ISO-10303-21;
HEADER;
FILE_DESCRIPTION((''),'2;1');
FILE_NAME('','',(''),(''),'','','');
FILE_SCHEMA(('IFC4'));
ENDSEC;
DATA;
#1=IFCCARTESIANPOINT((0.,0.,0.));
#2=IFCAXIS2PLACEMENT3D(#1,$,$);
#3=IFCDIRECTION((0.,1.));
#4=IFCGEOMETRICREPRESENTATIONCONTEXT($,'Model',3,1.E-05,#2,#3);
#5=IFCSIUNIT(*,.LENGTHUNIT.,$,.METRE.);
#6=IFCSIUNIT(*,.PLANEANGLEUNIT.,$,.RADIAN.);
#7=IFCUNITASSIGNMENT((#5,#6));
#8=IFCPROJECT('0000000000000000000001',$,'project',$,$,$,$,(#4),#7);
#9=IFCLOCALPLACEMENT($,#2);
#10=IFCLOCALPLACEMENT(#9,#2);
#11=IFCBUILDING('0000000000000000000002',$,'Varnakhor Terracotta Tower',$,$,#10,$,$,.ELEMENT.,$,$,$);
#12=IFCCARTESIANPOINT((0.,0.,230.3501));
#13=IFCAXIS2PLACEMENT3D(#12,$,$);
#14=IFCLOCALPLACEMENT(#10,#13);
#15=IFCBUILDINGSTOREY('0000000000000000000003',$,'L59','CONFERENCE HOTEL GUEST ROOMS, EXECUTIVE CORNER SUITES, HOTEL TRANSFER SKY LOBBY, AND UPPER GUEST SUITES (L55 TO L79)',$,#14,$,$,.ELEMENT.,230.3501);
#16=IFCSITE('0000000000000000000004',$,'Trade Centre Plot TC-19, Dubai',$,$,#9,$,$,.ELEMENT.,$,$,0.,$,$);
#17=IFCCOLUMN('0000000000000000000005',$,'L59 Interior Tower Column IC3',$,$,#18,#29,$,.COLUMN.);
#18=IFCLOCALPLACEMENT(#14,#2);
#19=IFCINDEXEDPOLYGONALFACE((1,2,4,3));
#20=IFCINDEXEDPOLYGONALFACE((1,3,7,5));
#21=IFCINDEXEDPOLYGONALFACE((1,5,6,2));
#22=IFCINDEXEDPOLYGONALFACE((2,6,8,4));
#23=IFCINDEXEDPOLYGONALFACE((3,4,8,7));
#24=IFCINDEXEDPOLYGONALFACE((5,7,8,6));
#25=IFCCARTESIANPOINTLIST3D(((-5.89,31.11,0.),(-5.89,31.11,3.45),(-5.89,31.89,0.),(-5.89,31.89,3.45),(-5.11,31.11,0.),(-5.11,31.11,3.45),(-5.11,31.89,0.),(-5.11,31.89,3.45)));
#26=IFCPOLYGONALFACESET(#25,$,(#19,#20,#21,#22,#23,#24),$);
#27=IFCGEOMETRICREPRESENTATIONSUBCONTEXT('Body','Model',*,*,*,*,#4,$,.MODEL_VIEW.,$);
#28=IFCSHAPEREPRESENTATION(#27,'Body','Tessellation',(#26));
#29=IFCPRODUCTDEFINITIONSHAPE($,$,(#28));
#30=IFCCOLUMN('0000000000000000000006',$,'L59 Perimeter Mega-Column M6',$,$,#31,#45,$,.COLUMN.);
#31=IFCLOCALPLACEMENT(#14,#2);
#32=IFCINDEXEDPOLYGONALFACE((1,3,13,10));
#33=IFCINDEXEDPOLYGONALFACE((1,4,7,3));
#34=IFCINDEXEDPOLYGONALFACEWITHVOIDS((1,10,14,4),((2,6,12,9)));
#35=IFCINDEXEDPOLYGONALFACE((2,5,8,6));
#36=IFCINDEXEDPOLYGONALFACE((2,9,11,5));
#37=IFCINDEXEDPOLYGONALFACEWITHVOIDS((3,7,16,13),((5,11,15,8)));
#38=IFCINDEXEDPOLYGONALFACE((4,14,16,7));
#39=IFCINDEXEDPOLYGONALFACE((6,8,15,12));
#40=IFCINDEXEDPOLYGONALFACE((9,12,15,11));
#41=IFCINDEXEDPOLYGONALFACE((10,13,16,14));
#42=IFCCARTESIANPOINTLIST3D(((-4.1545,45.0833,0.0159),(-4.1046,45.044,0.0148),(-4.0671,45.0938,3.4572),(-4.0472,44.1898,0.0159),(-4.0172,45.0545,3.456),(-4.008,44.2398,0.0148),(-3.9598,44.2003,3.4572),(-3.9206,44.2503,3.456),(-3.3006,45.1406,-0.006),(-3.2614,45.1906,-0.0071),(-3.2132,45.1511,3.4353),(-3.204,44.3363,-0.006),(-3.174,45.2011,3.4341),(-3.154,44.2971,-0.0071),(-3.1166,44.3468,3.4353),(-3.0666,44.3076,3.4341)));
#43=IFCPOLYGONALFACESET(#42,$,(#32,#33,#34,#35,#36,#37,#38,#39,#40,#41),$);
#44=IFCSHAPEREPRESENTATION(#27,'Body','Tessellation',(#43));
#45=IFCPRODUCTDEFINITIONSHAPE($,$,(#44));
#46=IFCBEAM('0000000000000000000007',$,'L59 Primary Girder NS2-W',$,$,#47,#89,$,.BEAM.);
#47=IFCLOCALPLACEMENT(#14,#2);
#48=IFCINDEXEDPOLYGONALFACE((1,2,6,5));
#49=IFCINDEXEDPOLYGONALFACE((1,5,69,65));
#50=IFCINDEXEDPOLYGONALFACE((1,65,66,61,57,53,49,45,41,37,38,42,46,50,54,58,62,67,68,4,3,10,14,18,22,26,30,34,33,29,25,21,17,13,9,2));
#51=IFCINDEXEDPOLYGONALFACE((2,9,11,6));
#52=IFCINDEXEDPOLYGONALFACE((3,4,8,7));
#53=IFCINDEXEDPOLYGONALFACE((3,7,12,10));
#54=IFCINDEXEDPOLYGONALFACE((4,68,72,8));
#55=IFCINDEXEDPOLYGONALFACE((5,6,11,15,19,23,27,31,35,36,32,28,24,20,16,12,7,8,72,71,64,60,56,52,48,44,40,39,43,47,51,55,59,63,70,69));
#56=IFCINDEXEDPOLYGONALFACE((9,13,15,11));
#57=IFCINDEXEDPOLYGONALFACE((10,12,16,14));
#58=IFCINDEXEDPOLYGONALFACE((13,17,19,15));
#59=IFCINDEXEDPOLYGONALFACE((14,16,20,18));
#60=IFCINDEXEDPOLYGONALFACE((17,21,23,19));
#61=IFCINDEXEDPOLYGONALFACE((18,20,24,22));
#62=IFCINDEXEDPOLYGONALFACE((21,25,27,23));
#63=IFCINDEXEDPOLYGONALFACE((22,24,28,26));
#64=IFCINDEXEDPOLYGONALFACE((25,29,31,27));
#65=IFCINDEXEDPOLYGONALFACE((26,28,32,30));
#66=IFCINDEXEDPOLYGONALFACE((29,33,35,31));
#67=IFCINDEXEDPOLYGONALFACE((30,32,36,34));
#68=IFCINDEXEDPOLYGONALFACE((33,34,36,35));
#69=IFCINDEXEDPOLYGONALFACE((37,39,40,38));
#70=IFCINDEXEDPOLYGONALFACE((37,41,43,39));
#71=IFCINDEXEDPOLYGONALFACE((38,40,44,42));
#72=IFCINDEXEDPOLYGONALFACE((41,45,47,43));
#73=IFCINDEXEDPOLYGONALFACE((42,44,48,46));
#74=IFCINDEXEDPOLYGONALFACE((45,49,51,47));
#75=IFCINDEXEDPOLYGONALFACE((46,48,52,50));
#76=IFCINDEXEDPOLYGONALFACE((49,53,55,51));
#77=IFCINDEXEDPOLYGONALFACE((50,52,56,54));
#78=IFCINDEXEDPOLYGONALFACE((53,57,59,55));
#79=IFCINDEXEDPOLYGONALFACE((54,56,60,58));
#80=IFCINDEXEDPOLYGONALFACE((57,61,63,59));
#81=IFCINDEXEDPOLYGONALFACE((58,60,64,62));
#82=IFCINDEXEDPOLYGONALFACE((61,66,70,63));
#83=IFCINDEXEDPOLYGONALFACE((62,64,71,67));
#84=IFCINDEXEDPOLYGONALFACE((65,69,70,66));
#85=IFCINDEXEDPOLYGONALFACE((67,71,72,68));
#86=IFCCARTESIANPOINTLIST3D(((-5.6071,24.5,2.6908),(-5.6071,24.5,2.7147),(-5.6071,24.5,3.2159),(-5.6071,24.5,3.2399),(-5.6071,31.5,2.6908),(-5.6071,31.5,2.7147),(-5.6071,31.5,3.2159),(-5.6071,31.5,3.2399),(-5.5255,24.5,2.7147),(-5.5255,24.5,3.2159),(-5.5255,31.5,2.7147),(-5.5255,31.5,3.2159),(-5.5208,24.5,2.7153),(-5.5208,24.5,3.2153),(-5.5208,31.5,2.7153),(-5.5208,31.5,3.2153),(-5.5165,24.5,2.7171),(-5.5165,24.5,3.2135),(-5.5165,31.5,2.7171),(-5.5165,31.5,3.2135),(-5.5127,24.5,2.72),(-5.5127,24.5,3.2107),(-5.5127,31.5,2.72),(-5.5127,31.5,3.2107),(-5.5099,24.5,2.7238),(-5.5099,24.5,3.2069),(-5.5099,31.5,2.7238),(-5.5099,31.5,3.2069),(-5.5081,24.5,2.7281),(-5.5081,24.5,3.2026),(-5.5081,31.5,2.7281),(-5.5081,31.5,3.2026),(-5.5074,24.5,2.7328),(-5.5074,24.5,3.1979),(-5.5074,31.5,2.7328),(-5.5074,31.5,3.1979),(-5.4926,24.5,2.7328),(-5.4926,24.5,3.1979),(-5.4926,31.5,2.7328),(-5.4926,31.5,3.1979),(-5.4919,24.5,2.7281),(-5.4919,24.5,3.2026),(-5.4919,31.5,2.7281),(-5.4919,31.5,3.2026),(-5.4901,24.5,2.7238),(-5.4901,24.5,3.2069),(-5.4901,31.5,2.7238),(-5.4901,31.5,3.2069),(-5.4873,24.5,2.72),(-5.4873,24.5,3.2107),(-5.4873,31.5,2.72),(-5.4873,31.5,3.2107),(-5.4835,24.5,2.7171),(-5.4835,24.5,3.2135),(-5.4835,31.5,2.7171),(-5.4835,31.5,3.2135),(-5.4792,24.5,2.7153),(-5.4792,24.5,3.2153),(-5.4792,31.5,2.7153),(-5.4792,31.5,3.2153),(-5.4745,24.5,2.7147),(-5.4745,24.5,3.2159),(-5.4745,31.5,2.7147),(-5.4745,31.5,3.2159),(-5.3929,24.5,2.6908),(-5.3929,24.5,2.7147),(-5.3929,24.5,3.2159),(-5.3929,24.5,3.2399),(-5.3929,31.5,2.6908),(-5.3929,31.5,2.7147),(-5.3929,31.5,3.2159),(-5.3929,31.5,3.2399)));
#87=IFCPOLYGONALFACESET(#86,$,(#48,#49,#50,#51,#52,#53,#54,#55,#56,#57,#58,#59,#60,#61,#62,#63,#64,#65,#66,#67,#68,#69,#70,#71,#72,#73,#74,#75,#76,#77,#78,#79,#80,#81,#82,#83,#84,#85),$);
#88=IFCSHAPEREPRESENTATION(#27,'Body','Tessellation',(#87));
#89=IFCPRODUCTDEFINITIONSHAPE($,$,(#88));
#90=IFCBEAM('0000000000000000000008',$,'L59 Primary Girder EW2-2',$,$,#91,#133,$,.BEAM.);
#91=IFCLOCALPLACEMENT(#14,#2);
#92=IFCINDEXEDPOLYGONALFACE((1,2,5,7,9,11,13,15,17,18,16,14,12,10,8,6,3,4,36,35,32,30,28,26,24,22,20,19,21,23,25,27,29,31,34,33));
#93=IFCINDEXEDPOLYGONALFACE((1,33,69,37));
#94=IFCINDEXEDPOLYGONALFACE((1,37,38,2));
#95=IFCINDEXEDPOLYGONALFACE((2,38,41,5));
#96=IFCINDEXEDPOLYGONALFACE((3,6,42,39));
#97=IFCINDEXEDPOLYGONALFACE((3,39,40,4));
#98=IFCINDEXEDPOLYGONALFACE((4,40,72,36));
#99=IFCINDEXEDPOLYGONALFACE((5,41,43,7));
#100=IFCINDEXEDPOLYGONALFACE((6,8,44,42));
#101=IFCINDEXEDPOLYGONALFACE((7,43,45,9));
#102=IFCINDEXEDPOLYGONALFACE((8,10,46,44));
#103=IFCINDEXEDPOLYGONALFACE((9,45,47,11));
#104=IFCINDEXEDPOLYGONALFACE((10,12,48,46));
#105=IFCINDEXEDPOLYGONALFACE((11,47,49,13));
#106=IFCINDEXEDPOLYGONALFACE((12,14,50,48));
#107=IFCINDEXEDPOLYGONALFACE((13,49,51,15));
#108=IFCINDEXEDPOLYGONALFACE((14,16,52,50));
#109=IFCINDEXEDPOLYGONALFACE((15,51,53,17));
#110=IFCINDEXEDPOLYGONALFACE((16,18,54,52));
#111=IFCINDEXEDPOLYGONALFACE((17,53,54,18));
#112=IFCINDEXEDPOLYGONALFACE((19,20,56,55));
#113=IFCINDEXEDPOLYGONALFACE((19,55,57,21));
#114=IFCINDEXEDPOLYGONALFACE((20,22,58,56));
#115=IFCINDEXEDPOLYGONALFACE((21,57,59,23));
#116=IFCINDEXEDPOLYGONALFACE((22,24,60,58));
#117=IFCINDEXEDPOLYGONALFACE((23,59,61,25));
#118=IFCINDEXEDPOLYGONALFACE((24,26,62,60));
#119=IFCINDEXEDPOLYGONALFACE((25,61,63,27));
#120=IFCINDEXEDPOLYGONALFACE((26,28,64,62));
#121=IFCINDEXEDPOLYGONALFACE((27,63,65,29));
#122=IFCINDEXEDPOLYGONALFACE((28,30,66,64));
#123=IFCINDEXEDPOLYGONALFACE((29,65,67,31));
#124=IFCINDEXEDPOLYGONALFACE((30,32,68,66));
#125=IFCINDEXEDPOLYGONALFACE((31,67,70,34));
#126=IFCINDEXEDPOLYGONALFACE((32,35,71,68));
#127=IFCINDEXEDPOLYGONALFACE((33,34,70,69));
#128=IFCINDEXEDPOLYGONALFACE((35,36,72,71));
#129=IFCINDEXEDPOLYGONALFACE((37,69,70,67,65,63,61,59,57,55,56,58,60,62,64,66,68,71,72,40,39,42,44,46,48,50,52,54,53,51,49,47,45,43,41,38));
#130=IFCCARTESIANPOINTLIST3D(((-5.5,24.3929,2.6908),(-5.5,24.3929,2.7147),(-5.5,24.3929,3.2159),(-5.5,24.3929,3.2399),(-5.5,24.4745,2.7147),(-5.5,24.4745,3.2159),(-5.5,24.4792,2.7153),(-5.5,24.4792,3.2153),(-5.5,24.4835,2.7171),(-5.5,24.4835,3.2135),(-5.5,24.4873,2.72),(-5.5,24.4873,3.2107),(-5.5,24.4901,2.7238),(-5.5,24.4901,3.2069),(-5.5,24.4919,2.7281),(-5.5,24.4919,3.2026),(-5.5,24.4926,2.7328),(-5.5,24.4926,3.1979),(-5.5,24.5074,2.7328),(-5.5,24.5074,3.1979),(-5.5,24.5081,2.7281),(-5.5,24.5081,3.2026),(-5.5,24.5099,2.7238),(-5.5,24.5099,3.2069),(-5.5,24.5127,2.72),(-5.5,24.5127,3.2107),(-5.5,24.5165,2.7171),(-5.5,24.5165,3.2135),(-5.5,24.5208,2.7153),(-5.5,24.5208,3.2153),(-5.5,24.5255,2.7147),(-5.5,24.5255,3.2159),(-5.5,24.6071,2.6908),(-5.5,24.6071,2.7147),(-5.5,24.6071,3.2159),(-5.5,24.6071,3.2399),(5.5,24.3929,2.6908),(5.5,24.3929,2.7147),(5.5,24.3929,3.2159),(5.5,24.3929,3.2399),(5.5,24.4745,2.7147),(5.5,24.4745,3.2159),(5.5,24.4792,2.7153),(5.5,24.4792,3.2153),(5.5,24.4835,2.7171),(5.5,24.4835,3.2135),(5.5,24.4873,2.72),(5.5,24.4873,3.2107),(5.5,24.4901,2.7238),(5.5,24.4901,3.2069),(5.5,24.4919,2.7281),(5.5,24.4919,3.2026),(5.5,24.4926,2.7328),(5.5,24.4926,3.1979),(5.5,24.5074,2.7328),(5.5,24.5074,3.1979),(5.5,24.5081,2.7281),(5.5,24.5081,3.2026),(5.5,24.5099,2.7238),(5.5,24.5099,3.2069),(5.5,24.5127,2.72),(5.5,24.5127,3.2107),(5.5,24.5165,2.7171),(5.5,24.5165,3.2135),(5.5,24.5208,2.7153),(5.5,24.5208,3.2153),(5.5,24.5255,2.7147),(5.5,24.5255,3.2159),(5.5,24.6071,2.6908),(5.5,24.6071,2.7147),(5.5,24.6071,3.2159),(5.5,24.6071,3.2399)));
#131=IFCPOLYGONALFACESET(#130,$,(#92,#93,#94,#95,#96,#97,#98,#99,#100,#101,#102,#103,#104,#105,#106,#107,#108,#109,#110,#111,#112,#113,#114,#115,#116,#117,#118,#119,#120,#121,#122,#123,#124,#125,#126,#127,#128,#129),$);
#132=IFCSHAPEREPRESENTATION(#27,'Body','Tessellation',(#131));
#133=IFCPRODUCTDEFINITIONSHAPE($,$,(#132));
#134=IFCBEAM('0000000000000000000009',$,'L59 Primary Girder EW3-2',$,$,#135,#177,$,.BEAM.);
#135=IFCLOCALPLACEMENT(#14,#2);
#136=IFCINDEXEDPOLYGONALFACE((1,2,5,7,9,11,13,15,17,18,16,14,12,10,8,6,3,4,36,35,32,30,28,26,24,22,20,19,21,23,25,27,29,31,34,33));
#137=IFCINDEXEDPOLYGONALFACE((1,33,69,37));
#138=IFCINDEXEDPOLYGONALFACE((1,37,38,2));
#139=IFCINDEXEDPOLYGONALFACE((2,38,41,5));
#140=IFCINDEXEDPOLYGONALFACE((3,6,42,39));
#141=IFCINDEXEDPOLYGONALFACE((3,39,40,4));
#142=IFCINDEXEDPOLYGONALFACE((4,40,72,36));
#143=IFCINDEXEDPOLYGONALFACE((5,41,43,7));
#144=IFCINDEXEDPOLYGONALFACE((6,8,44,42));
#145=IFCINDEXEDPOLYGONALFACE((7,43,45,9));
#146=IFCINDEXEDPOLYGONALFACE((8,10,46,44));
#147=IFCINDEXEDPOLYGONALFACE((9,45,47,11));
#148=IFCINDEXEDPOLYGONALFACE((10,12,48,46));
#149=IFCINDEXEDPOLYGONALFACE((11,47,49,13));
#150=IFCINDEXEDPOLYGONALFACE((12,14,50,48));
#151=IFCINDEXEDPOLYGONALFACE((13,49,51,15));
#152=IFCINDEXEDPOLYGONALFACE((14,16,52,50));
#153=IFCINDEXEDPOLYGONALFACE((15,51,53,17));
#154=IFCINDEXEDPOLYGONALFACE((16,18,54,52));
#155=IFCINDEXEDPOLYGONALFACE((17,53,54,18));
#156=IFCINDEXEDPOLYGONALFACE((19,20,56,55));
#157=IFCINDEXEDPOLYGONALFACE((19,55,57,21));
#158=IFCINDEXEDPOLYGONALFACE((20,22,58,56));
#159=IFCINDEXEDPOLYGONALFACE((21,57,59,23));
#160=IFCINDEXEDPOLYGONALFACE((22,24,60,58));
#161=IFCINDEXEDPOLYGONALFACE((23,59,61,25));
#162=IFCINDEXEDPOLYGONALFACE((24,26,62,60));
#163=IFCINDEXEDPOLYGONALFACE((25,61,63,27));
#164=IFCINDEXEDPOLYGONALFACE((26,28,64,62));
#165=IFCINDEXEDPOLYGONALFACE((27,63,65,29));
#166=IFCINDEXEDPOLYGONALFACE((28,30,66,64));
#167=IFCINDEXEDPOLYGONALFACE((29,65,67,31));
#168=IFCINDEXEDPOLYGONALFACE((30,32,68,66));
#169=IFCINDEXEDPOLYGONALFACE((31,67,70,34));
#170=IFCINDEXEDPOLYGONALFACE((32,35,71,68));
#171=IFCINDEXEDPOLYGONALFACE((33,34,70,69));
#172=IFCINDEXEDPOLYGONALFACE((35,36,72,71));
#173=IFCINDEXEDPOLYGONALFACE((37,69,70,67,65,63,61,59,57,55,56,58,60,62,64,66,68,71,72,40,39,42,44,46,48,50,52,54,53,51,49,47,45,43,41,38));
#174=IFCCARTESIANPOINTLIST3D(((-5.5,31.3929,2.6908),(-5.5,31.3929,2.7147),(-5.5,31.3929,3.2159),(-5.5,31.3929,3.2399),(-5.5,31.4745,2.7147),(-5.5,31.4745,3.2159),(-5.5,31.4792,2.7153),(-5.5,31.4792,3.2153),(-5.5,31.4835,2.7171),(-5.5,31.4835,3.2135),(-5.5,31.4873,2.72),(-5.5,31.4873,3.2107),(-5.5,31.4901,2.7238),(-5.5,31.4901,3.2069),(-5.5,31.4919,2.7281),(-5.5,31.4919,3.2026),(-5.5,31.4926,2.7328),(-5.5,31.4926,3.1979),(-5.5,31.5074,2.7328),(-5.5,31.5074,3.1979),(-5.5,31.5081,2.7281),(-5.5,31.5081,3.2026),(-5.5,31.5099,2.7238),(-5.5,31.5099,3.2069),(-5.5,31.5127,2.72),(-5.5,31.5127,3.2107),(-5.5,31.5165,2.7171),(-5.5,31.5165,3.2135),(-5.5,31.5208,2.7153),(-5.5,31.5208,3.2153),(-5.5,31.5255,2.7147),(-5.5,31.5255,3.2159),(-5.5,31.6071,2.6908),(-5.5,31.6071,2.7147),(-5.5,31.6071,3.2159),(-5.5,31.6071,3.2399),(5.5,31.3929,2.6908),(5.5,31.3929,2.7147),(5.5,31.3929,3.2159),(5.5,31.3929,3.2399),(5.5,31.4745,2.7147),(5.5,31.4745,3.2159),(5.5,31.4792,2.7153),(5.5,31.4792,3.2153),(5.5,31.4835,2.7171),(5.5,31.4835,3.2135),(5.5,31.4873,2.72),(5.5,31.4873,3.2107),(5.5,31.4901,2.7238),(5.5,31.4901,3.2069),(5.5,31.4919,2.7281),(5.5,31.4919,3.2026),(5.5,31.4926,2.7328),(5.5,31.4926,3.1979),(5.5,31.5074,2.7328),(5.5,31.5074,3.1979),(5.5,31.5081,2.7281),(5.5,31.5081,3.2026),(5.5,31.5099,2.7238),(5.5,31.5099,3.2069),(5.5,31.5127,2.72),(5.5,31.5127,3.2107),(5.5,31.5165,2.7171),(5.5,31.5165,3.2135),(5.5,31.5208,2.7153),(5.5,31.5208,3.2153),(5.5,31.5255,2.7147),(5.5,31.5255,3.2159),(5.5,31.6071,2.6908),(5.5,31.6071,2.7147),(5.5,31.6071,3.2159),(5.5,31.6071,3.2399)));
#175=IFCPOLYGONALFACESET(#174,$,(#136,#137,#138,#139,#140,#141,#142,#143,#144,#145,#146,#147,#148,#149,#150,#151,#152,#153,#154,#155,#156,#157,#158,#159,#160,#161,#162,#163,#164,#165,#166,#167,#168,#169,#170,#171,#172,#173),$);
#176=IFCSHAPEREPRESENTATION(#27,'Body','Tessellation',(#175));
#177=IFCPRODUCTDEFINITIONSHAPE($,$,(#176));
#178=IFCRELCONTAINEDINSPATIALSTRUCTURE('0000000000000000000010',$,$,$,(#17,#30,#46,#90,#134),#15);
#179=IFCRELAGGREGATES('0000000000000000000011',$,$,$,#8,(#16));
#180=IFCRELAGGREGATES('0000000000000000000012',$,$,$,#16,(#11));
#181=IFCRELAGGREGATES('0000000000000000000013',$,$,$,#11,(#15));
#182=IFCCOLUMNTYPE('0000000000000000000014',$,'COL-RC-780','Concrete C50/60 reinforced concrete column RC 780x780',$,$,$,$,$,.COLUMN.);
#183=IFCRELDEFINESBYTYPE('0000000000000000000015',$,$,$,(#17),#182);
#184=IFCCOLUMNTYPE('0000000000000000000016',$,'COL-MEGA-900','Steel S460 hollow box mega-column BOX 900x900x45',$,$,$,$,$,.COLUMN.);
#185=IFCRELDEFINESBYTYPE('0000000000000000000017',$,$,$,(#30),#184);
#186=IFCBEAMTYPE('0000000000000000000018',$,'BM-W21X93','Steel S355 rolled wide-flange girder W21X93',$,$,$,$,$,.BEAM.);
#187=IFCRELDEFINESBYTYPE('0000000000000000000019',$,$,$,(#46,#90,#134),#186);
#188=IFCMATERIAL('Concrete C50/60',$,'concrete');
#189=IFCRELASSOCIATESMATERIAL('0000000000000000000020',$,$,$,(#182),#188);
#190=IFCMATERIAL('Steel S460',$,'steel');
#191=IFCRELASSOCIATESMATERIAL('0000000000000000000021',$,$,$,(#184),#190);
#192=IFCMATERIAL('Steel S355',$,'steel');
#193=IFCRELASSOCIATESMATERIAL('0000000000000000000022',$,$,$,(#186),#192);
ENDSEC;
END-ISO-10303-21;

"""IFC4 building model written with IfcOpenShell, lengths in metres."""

from ifc_helpers import new_model, si_unit, direction, frame, origin, origin_2d, place, context, subcontext, project, spatial, rectangle, hollow_rectangle, i_section, extrude, source, transform, mapped, material, material_profile, profile_set, type_object, element, save


model = new_model("IFC4")

# Units and contexts
model_context = context("Model", 3, precision=1e-05, world=origin(), true_north=direction((0.0, 1.0)))
body_context = subcontext(model_context, "Body", "Model", "MODEL_VIEW")
ifc_project = project(units=[si_unit("LENGTHUNIT", "METRE"), si_unit("PLANEANGLEUNIT", "RADIAN")], contexts=[model_context])

# Site, building, storey
site_placement = place(None, origin())
site = spatial("IfcSite", under=ifc_project, at=site_placement, Name="Trade Centre Plot TC-19, Dubai", CompositionType="ELEMENT", RefElevation=0.0)
building_placement = place(site_placement, origin())
building = spatial("IfcBuilding", under=site, at=building_placement, Name="Varnakhor Terracotta Tower", CompositionType="ELEMENT")
storey_placement = place(building_placement, frame((0.0, 0.0, 230.3501)))
storey = spatial("IfcBuildingStorey", under=building, at=storey_placement, Name="L59", Description="CONFERENCE HOTEL GUEST ROOMS, EXECUTIVE CORNER SUITES, HOTEL TRANSFER SKY LOBBY, AND UPPER GUEST SUITES (L55 TO L79)", CompositionType="ELEMENT", Elevation=230.3501)

# Columns
ifc_material_1 = material(Name="Concrete C50/60", Category="concrete")
ifc_material_profile_1 = material_profile(ifc_material_1, rectangle(XDim=0.78, YDim=0.78, at=origin_2d()), Name="RC 780x780")
ifc_profile_set_1 = profile_set([ifc_material_profile_1], Name="Concrete C50/60")
column_type_1 = type_object("IfcColumnType", Name="COL-RC-780", Description="Concrete C50/60 reinforced concrete column RC 780x780", PredefinedType="COLUMN", material=ifc_profile_set_1)
shared_shape_1 = source(origin(), body_context, "Body", "SweptSolid", [
    extrude(rectangle(XDim=0.78, YDim=0.78, at=origin_2d()), origin(), (0.0, 0.0, 1.0), 3.45),
])
column_1_placement = place(storey_placement, frame((-5.5, 31.5, 0.0), z_axis=(0.0, 0.0, 1.0), x_axis=(1.0, 0.0, 0.0)))
element("IfcColumn", 1, at=column_1_placement, inside=storey, type_object=column_type_1, Name="L59 Interior Tower Column IC3", PredefinedType="COLUMN", context=body_context, shape_type="MappedRepresentation", body=[
    mapped(shared_shape_1, transform((0.0, 0.0, 0.0), scale=1.0)),
])
ifc_material_2 = material(Name="Steel S460", Category="steel")
ifc_material_profile_2 = material_profile(ifc_material_2, hollow_rectangle(XDim=0.8999, YDim=0.8999, WallThickness=0.0449, at=origin_2d()), Name="BOX 900x900x45")
ifc_profile_set_2 = profile_set([ifc_material_profile_2], Name="Steel S460")
column_type_2 = type_object("IfcColumnType", Name="COL-MEGA-900", Description="Steel S460 hollow box mega-column BOX 900x900x45", PredefinedType="COLUMN", material=ifc_profile_set_2)
shared_shape_2 = source(origin(), body_context, "Body", "SweptSolid", [
    extrude(hollow_rectangle(XDim=0.8999, YDim=0.8999, WallThickness=0.0449, at=origin_2d()), origin(), (0.0, 0.0, 1.0), 3.4424),
])
column_2_placement = place(storey_placement, frame((-3.6543, 44.6902, 0.0044), z_axis=(0.025391, 0.00305, 0.999673), x_axis=(-0.119255, 0.992864, 0.0)))
element("IfcColumn", 2, at=column_2_placement, inside=storey, type_object=column_type_2, Name="L59 Perimeter Mega-Column M6", PredefinedType="COLUMN", context=body_context, shape_type="MappedRepresentation", body=[
    mapped(shared_shape_2, transform((0.0, 0.0, 0.0), scale=1.0)),
])

# Beams
ifc_material_3 = material(Name="Steel S355", Category="steel")
ifc_material_profile_3 = material_profile(ifc_material_3, i_section(OverallWidth=0.2141, OverallDepth=0.5491, WebThickness=0.0149, FlangeThickness=0.0239, FilletRadius=0.0181, at=origin_2d()), Name="W21X93")
ifc_profile_set_3 = profile_set([ifc_material_profile_3], Name="Steel S355")
beam_type_1 = type_object("IfcBeamType", Name="BM-W21X93", Description="Steel S355 rolled wide-flange girder W21X93", PredefinedType="BEAM", material=ifc_profile_set_3)
shared_shape_3 = source(origin(), body_context, "Body", "SweptSolid", [
    extrude(i_section(OverallWidth=0.2141, OverallDepth=0.5491, WebThickness=0.0149, FlangeThickness=0.0239, FilletRadius=0.0181, at=origin_2d()), origin(), (0.0, 0.0, 1.0), 7.0),
])
beam_1_placement = place(storey_placement, frame((-5.5, 24.5, 2.9653), z_axis=(0.0, 1.0, 0.0), x_axis=(-1.0, 0.0, 0.0)))
element("IfcBeam", 3, at=beam_1_placement, inside=storey, type_object=beam_type_1, Name="L59 Primary Girder NS2-W", PredefinedType="BEAM", context=body_context, shape_type="MappedRepresentation", body=[
    mapped(shared_shape_3, transform((0.0, 0.0, 0.0), scale=1.0)),
])
shared_shape_4 = source(origin(), body_context, "Body", "SweptSolid", [
    extrude(i_section(OverallWidth=0.2141, OverallDepth=0.5491, WebThickness=0.0149, FlangeThickness=0.0239, FilletRadius=0.0181, at=origin_2d()), origin(), (0.0, 0.0, 1.0), 11.0),
])
for number, where, z_axis, x_axis, name in (
    (4, (-5.5, 24.5, 2.9653), (1.0, 0.0, 0.0), (0.0, 1.0, 0.0), "L59 Primary Girder EW2-2"),
    (5, (-5.5, 31.5, 2.9653), (1.0, 0.0, 0.0), (0.0, 1.0, 0.0), "L59 Primary Girder EW3-2"),
):
    element("IfcBeam", number, at=place(storey_placement, frame(where, z_axis=z_axis, x_axis=x_axis)), inside=storey, type_object=beam_type_1, Name=name, PredefinedType="BEAM", context=body_context, shape_type="MappedRepresentation", body=[
        mapped(shared_shape_4, transform((0.0, 0.0, 0.0), scale=1.0)),
    ])

save(model, "model.ifc")
